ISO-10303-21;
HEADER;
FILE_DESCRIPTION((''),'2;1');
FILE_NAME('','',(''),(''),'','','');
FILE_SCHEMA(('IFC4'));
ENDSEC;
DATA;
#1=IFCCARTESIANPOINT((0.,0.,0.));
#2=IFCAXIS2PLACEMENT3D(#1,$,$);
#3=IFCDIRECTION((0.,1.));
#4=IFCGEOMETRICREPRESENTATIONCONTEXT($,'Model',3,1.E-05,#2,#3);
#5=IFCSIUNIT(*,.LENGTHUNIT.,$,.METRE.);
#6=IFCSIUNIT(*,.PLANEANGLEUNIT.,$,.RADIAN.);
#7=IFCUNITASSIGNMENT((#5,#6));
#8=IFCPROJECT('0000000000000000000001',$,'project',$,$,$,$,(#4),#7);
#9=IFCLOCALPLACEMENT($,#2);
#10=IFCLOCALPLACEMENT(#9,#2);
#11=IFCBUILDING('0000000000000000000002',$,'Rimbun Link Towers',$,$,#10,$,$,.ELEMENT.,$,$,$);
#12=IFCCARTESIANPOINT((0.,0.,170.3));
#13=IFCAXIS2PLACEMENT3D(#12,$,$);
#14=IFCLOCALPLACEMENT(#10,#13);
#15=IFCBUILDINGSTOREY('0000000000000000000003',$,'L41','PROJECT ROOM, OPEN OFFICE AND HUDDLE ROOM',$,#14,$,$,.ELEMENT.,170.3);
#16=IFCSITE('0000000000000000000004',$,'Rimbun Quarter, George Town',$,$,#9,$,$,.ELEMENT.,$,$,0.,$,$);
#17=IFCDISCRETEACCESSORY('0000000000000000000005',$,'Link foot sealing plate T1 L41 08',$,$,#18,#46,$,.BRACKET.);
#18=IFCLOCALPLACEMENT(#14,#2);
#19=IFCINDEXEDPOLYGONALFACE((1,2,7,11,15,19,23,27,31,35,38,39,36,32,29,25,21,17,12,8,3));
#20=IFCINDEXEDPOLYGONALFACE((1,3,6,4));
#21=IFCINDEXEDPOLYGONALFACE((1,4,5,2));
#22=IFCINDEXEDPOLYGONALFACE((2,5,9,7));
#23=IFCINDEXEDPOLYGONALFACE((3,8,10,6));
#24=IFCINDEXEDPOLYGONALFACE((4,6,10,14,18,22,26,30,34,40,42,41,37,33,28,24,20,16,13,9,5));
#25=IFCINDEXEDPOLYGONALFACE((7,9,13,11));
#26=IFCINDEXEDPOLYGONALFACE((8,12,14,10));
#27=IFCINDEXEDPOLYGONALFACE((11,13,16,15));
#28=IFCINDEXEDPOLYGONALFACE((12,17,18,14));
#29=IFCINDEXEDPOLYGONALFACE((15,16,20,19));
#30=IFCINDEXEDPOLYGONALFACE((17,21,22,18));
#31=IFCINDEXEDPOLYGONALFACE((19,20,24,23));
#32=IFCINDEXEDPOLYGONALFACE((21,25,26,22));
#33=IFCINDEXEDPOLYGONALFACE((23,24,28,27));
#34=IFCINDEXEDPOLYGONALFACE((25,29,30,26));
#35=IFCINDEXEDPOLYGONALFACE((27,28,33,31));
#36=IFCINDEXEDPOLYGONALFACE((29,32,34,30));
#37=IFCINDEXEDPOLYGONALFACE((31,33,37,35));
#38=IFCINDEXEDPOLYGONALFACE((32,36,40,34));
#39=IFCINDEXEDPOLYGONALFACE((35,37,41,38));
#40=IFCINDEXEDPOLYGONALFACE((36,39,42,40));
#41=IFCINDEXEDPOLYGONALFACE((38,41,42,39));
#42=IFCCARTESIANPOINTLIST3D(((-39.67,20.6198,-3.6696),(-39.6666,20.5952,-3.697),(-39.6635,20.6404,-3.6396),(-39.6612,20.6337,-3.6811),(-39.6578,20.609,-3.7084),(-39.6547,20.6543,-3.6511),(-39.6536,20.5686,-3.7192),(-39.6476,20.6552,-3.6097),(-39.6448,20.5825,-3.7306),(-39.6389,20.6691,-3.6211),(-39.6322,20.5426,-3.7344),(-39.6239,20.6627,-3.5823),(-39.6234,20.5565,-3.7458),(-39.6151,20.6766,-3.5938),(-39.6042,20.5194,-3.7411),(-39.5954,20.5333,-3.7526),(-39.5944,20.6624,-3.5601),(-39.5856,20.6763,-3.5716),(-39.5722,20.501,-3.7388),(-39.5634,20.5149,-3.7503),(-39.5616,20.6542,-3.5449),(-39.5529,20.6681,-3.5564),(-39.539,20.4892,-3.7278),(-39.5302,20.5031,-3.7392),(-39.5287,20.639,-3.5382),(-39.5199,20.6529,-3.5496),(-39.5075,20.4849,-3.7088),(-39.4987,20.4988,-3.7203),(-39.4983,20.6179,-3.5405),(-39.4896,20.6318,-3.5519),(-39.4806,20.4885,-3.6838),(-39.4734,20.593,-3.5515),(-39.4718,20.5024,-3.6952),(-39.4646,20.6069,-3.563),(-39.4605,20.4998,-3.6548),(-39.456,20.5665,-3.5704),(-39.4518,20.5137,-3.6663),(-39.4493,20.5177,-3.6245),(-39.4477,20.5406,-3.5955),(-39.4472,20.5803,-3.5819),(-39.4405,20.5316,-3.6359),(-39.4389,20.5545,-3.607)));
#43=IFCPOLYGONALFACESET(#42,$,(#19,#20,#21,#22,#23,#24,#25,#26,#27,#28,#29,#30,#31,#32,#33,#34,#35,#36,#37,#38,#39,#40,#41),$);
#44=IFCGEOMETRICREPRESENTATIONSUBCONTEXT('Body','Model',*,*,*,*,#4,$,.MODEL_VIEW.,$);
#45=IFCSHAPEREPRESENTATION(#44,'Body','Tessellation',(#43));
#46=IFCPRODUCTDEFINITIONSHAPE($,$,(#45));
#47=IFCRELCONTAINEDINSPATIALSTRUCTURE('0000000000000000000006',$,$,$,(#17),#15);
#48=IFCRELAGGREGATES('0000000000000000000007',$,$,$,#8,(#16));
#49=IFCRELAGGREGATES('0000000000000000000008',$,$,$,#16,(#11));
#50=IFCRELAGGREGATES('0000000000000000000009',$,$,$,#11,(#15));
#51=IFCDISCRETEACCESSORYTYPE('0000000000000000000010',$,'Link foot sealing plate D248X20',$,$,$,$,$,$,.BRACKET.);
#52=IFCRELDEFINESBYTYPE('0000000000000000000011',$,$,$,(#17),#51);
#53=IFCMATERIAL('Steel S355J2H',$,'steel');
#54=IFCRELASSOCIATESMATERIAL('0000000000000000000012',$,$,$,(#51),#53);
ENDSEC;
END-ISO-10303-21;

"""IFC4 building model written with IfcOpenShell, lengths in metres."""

from ifc_helpers import new_model, si_unit, direction, frame, origin, origin_2d, place, context, subcontext, project, spatial, circle, extrude, material, material_profile, profile_set, type_object, element, save


model = new_model("IFC4")

# Units and contexts
model_context = context("Model", 3, precision=1e-05, world=origin(), true_north=direction((0.0, 1.0)))
body_context = subcontext(model_context, "Body", "Model", "MODEL_VIEW")
ifc_project = project(units=[si_unit("LENGTHUNIT", "METRE"), si_unit("PLANEANGLEUNIT", "RADIAN")], contexts=[model_context])

# Site, building, storey
site_placement = place(None, origin())
site = spatial("IfcSite", under=ifc_project, at=site_placement, Name="Rimbun Quarter, George Town", CompositionType="ELEMENT", RefElevation=0.0)
building_placement = place(site_placement, origin())
building = spatial("IfcBuilding", under=site, at=building_placement, Name="Rimbun Link Towers", CompositionType="ELEMENT")
storey_placement = place(building_placement, frame((0.0, 0.0, 170.3)))
storey = spatial("IfcBuildingStorey", under=building, at=storey_placement, Name="L41", Description="PROJECT ROOM, OPEN OFFICE AND HUDDLE ROOM", CompositionType="ELEMENT", Elevation=170.3)

# Discrete accessory
ifc_material_1 = material(Name="Steel S355J2H", Category="steel")
ifc_material_profile_1 = material_profile(ifc_material_1, circle(Radius=0.124, at=origin_2d()), Name="PL D248")
ifc_profile_set_1 = profile_set([ifc_material_profile_1], Name="Steel S355J2H")
discrete_accessory_type = type_object("IfcDiscreteAccessoryType", Name="Link foot sealing plate D248X20", PredefinedType="BRACKET", material=ifc_profile_set_1)
discrete_accessory_placement = place(storey_placement, frame((-39.5586, 20.5742, -3.6396), z_axis=(0.438048, 0.693576, -0.571896), x_axis=(-0.845489, 0.533993, 0.0)))
element("IfcDiscreteAccessory", 1, at=discrete_accessory_placement, inside=storey, type_object=discrete_accessory_type, Name="Link foot sealing plate T1 L41 08", PredefinedType="BRACKET", context=body_context, shape_type="SweptSolid", body=[
    extrude(circle(Radius=0.124, at=origin_2d()), origin(), (0.0, 0.0, 1.0), 0.02),
])

save(model, "model.ifc")
